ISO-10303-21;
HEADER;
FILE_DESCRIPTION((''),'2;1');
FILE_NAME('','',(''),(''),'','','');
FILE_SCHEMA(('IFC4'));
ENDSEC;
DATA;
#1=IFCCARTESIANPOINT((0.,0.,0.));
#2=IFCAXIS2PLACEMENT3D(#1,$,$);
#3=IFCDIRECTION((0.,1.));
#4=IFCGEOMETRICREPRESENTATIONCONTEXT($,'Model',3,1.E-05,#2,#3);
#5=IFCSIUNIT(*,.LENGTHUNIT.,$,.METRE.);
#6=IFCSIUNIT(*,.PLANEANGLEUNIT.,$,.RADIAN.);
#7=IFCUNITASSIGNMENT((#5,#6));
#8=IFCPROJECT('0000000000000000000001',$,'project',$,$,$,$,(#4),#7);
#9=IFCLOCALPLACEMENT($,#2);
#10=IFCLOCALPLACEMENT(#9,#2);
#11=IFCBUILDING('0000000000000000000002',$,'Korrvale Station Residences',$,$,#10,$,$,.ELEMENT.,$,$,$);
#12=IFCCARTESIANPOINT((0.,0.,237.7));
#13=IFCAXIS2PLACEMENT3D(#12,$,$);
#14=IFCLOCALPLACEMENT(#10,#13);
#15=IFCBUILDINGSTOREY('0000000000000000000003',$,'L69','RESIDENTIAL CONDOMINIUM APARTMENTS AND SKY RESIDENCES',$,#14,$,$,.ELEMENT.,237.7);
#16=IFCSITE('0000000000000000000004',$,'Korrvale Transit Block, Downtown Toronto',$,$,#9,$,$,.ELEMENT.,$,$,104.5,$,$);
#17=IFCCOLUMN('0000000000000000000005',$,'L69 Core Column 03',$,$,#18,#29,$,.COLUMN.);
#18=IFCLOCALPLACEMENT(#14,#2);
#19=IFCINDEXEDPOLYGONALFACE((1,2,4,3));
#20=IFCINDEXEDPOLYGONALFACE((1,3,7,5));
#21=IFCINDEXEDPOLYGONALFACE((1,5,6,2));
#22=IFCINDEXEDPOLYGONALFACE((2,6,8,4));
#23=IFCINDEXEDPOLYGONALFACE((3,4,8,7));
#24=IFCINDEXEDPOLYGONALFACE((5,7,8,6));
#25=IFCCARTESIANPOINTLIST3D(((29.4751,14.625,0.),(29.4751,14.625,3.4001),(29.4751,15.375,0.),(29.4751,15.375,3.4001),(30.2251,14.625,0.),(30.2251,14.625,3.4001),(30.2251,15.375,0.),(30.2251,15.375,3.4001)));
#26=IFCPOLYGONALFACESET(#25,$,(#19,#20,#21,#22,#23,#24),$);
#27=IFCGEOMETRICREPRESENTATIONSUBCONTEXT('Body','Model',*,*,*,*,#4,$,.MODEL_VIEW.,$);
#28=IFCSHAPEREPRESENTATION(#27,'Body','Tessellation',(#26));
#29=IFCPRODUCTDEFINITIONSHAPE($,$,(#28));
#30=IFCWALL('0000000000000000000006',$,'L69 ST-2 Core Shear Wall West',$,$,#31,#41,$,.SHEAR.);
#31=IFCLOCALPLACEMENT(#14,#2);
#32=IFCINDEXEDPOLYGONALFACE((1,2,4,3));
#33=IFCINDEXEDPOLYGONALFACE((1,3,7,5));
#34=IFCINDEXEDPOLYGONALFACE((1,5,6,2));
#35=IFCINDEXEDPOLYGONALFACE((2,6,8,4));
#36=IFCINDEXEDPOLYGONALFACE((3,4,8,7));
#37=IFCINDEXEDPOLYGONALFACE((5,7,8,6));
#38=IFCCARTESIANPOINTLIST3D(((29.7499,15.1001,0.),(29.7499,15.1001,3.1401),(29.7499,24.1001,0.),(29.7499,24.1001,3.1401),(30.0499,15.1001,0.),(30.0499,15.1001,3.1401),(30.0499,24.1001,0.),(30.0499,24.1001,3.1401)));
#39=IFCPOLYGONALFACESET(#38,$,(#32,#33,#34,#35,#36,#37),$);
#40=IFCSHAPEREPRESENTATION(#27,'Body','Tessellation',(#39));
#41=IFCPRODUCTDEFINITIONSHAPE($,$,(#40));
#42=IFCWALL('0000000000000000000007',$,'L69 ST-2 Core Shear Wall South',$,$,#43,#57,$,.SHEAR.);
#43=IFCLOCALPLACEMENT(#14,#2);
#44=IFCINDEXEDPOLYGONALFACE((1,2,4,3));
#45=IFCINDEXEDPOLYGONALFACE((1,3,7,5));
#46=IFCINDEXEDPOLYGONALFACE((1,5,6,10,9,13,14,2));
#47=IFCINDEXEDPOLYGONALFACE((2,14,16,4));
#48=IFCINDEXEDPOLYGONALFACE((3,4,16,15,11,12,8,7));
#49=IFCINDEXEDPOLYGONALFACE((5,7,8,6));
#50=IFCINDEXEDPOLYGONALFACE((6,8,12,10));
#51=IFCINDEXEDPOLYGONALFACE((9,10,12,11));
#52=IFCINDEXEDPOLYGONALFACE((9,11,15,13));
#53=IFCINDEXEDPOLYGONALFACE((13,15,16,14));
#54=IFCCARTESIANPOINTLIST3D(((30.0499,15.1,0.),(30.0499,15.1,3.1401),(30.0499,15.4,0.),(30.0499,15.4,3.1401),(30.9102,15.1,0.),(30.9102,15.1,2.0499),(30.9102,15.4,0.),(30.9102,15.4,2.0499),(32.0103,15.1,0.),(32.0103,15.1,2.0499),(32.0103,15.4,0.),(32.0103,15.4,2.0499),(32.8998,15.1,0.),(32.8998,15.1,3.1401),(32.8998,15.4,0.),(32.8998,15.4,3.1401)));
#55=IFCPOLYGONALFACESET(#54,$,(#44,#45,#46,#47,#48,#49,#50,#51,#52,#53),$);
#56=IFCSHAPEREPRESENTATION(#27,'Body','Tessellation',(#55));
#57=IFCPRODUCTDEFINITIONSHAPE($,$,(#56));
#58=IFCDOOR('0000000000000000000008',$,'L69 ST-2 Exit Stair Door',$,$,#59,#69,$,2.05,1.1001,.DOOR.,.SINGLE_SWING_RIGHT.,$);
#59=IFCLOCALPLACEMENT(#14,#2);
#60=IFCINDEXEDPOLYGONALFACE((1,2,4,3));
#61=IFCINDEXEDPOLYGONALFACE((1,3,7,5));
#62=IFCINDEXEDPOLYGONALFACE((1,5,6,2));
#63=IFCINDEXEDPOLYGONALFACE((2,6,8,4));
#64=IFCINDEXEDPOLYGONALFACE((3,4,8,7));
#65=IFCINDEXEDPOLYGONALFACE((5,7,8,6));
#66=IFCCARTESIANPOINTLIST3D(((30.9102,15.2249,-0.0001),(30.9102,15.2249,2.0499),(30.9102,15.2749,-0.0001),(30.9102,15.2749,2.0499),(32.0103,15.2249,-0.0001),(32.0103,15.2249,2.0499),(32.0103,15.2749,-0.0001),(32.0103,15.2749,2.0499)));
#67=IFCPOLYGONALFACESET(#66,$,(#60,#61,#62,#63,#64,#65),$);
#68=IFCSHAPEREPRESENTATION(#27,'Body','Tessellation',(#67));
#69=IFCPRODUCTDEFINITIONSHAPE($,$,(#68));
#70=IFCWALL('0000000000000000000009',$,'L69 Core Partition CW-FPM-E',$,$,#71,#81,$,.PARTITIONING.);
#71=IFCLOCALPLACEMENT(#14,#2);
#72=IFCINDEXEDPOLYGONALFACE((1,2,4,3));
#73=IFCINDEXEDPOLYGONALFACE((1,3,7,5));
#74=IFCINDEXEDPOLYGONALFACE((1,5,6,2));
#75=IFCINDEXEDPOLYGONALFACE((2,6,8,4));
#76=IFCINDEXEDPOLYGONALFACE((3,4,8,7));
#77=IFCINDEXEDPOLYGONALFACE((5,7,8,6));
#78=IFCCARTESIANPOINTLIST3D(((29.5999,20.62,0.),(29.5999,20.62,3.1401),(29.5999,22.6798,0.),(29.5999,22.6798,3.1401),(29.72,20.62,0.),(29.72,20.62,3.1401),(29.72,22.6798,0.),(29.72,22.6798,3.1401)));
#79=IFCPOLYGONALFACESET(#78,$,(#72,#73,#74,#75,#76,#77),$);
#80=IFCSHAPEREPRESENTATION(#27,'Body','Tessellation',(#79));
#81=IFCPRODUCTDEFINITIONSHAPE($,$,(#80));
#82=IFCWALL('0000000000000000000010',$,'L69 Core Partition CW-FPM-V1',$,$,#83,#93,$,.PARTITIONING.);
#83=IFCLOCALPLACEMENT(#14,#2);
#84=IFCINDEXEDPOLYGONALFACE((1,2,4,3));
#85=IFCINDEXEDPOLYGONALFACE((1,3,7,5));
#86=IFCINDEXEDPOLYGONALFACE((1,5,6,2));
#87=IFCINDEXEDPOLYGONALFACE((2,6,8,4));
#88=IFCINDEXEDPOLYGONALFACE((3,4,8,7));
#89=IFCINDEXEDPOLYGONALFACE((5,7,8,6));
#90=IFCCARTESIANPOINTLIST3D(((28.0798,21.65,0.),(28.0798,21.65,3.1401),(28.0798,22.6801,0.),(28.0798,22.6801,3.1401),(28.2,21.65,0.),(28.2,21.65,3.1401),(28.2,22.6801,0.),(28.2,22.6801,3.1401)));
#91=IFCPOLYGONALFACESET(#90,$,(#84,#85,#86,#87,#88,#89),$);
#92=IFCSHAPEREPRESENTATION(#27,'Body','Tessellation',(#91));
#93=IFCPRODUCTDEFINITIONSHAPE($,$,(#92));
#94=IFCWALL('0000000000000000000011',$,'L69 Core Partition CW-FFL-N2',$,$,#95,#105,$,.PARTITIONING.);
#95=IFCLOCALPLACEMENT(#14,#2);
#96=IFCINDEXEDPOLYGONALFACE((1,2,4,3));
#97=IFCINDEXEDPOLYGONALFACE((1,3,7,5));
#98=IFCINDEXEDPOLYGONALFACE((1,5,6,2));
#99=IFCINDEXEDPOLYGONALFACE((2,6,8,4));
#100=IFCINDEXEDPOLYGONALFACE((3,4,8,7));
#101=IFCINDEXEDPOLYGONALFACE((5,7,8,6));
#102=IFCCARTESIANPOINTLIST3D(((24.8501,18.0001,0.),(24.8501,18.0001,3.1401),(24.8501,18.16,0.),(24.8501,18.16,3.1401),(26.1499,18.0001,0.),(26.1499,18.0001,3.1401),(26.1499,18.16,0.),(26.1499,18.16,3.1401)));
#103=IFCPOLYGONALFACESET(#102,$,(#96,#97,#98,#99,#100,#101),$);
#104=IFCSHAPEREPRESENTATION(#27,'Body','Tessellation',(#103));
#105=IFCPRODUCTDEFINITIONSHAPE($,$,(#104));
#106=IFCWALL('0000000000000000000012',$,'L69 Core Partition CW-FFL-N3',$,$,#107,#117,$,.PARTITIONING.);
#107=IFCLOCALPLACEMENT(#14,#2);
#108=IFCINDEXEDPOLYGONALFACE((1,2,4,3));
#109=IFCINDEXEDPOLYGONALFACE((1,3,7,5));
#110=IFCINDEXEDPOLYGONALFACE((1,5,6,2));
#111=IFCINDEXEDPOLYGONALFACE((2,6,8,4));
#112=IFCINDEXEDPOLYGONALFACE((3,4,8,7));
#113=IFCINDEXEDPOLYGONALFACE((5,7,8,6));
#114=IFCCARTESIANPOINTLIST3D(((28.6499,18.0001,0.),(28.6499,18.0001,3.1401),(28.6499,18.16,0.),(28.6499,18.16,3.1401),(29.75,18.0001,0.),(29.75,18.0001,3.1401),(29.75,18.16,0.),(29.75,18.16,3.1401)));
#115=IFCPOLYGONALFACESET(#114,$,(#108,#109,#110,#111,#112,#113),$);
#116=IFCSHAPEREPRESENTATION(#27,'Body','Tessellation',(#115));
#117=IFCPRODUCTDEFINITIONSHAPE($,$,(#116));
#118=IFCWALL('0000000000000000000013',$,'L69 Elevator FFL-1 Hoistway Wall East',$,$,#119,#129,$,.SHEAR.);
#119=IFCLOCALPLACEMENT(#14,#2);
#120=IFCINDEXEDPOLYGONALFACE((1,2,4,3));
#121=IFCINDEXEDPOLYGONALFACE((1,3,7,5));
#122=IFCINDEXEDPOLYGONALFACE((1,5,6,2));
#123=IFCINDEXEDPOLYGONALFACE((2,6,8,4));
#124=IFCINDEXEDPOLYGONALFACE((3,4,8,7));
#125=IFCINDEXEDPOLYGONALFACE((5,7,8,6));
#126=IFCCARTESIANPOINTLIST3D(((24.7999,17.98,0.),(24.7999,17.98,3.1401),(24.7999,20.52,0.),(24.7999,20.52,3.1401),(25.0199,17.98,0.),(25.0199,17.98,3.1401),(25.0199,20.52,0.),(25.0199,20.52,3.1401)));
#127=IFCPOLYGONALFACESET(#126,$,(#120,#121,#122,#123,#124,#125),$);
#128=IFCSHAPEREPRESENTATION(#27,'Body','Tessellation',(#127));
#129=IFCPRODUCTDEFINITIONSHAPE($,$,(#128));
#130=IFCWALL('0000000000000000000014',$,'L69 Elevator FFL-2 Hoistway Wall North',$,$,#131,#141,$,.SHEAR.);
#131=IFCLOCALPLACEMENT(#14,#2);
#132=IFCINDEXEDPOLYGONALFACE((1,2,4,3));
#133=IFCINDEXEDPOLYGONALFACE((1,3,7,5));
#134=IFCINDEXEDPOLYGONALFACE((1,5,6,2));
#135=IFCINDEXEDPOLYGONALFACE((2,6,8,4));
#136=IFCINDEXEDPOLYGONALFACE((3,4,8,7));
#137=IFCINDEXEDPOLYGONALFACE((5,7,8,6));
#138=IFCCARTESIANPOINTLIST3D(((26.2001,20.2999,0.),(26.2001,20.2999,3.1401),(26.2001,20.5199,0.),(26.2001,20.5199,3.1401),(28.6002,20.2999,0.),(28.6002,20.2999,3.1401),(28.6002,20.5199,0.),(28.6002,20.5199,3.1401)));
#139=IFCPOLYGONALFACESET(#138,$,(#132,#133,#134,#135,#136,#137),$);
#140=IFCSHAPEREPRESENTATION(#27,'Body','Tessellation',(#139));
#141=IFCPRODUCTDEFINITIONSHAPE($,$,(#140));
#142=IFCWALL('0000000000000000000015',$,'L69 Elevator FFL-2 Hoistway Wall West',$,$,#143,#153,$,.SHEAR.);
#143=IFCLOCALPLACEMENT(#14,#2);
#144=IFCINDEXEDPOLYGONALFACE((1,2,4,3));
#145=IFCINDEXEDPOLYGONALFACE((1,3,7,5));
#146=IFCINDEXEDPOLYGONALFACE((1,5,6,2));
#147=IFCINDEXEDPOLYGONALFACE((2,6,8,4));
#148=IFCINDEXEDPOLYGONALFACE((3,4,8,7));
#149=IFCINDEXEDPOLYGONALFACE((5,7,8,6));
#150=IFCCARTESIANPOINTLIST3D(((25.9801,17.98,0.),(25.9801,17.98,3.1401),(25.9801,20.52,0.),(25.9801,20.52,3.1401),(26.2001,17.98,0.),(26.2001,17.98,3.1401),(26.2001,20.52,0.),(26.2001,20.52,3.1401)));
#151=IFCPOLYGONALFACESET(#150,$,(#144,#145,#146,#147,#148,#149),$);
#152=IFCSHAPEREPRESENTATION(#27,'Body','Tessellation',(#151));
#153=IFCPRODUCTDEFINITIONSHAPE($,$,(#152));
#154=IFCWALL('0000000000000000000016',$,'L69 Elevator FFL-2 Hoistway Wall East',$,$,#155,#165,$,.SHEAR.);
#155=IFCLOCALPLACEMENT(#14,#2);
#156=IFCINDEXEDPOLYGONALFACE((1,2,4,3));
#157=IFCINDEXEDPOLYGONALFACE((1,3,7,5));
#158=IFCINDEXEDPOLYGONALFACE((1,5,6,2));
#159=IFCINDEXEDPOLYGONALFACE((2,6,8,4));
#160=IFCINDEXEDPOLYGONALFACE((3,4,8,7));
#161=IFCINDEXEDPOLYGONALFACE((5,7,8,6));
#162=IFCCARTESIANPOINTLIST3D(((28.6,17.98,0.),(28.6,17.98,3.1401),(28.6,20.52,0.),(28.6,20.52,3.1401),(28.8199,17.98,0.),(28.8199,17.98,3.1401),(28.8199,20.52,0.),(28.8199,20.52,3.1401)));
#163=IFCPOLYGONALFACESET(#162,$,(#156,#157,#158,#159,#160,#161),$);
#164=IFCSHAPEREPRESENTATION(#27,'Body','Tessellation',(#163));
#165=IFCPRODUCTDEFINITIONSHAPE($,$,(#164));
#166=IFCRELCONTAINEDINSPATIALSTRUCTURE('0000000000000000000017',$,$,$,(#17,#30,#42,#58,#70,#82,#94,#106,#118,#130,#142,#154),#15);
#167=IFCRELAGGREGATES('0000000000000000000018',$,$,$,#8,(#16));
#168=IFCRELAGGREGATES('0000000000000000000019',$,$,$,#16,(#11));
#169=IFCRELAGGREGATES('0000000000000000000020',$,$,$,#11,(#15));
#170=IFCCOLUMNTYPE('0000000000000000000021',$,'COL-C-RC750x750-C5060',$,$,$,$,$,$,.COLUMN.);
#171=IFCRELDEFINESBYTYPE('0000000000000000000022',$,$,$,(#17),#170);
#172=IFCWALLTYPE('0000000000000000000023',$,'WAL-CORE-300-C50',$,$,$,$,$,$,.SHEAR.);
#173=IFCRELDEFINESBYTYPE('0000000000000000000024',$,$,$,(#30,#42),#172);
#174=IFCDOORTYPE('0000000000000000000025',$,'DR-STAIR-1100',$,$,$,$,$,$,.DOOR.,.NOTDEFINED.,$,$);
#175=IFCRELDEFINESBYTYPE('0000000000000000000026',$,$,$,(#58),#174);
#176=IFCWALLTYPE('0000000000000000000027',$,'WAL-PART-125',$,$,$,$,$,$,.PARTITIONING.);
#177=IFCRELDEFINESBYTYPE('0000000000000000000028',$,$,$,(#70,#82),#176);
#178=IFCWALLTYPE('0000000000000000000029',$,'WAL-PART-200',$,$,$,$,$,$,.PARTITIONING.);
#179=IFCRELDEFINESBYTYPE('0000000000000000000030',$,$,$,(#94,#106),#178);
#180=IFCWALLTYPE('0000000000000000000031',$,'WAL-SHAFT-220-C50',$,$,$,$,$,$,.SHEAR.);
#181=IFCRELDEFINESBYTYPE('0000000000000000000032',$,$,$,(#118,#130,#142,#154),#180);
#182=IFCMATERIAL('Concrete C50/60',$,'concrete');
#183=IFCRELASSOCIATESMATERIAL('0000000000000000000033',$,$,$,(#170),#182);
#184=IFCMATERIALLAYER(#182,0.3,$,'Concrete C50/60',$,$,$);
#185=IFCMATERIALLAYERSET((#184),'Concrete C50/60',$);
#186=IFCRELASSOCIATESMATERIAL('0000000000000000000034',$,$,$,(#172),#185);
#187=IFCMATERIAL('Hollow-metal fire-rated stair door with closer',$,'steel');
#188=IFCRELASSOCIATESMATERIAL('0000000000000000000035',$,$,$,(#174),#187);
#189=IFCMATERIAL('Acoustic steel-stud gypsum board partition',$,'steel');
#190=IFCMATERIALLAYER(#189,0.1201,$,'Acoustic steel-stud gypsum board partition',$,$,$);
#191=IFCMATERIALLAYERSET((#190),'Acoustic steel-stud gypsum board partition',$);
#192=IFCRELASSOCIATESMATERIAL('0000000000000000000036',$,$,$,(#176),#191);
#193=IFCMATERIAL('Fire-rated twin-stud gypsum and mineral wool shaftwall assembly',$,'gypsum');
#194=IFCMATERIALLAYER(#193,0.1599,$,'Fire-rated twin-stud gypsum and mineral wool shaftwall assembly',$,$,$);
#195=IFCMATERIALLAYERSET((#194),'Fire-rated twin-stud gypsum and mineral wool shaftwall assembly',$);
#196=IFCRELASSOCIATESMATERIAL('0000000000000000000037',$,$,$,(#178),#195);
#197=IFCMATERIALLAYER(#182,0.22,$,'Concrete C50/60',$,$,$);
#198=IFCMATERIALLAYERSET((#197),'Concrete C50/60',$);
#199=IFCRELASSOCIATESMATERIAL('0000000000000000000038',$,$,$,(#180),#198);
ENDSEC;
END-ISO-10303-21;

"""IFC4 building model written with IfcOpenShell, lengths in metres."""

from ifc_helpers import new_model, si_unit, direction, frame, frame_2d, origin, origin_2d, place, context, subcontext, project, spatial, rectangle, extrude, material, layer, layer_set, material_profile, profile_set, type_object, element, fill, save


model = new_model("IFC4")

# Units and contexts
model_context = context("Model", 3, precision=1e-05, world=origin(), true_north=direction((0.0, 1.0)))
body_context = subcontext(model_context, "Body", "Model", "MODEL_VIEW")
ifc_project = project(units=[si_unit("LENGTHUNIT", "METRE"), si_unit("PLANEANGLEUNIT", "RADIAN")], contexts=[model_context])

# Site, building, storey
site_placement = place(None, origin())
site = spatial("IfcSite", under=ifc_project, at=site_placement, Name="Korrvale Transit Block, Downtown Toronto", CompositionType="ELEMENT", RefElevation=104.5)
building_placement = place(site_placement, origin())
building = spatial("IfcBuilding", under=site, at=building_placement, Name="Korrvale Station Residences", CompositionType="ELEMENT")
storey_placement = place(building_placement, frame((0.0, 0.0, 237.7)))
storey = spatial("IfcBuildingStorey", under=building, at=storey_placement, Name="L69", Description="RESIDENTIAL CONDOMINIUM APARTMENTS AND SKY RESIDENCES", CompositionType="ELEMENT", Elevation=237.7)

# Column
ifc_material_1 = material(Name="Concrete C50/60", Category="concrete")
ifc_material_profile = material_profile(ifc_material_1, rectangle(XDim=0.75, YDim=0.75, at=origin_2d()), Name="RC750x750")
ifc_profile_set = profile_set([ifc_material_profile], Name="Concrete C50/60")
column_type = type_object("IfcColumnType", Name="COL-C-RC750x750-C5060", PredefinedType="COLUMN", material=ifc_profile_set)
column_placement = place(storey_placement, frame((29.8501, 15.0, 0.0), z_axis=(0.0, 0.0, 1.0), x_axis=(1.0, 0.0, 0.0)))
element("IfcColumn", 1, at=column_placement, inside=storey, type_object=column_type, Name="L69 Core Column 03", PredefinedType="COLUMN", context=body_context, shape_type="SweptSolid", body=[
    extrude(rectangle(XDim=0.75, YDim=0.75, at=origin_2d()), origin(), (0.0, 0.0, 1.0), 3.4001),
])

# Wall
ifc_layer_1 = layer(ifc_material_1, 0.3, Name="Concrete C50/60")
ifc_layer_set_1 = layer_set([ifc_layer_1], Name="Concrete C50/60")
wall_type_1 = type_object("IfcWallType", Name="WAL-CORE-300-C50", PredefinedType="SHEAR", material=ifc_layer_set_1)
wall_1_placement = place(storey_placement, frame((29.8999, 15.1001, 0.0), z_axis=(0.0, 0.0, 1.0), x_axis=(0.0, 1.0, 0.0)))
element("IfcWall", 2, at=wall_1_placement, inside=storey, type_object=wall_type_1, Name="L69 ST-2 Core Shear Wall West", PredefinedType="SHEAR", context=body_context, shape_type="SweptSolid", body=[
    extrude(rectangle(XDim=9.0, YDim=0.3, at=frame_2d((4.5, 0.0))), origin(), (0.0, 0.0, 1.0), 3.1401),
])

# Wall, opening, door
wall_2_placement = place(storey_placement, frame((30.05, 15.25, 0.0), z_axis=(0.0, 0.0, 1.0), x_axis=(1.0, 0.0, 0.0)))
wall_2 = element("IfcWall", 3, at=wall_2_placement, inside=storey, type_object=wall_type_1, Name="L69 ST-2 Core Shear Wall South", PredefinedType="SHEAR", context=body_context, shape_type="SweptSolid", body=[
    extrude(rectangle(XDim=2.8499, YDim=0.3, at=frame_2d((1.4248, 0.0))), origin(), (0.0, 0.0, 1.0), 3.1401),
])
opening_1_placement = place(wall_2_placement, frame((0.8601, 0.0, 0.0)))
opening_1 = element("IfcOpeningElement", 4, at=opening_1_placement, cuts=wall_2, PredefinedType="OPENING", context=body_context, shape_type="SweptSolid", body=[
    extrude(rectangle(XDim=1.1001, YDim=2.05, at=frame_2d((0.55, 1.0249))), frame((0.0, 0.1602, 0.0), z_axis=(0.0, -1.0, 0.0), x_axis=(1.0, 0.0, 0.0)), (0.0, 0.0, 1.0), 0.3201),
])
ifc_material_2 = material(Name="Hollow-metal fire-rated stair door with closer", Category="steel")
door_type_1 = type_object("IfcDoorType", Name="DR-STAIR-1100", OperationType="NOTDEFINED", PredefinedType="DOOR", material=ifc_material_2)
door_1_placement = place(opening_1_placement, origin())
door_1 = element("IfcDoor", 5, at=door_1_placement, inside=storey, type_object=door_type_1, Name="L69 ST-2 Exit Stair Door", OperationType="SINGLE_SWING_RIGHT", OverallHeight=2.05, OverallWidth=1.1001, PredefinedType="DOOR", context=body_context, shape_type="SweptSolid", body=[
    extrude(rectangle(XDim=1.1001, YDim=2.05, at=frame_2d((0.55, 1.0249))), frame((0.0, 0.0249, 0.0), z_axis=(0.0, -1.0, 0.0), x_axis=(1.0, 0.0, 0.0)), (0.0, 0.0, 1.0), 0.05),
])
fill(opening_1, door_1)

# Walls
ifc_material_3 = material(Name="Acoustic steel-stud gypsum board partition", Category="steel")
ifc_layer_2 = layer(ifc_material_3, 0.1201, Name="Acoustic steel-stud gypsum board partition")
ifc_layer_set_2 = layer_set([ifc_layer_2], Name="Acoustic steel-stud gypsum board partition")
wall_type_2 = type_object("IfcWallType", Name="WAL-PART-125", PredefinedType="PARTITIONING", material=ifc_layer_set_2)
wall_3_placement = place(storey_placement, frame((29.6599, 20.6201, 0.0), z_axis=(0.0, 0.0, 1.0), x_axis=(0.0, 1.0, 0.0)))
element("IfcWall", 6, at=wall_3_placement, inside=storey, type_object=wall_type_2, Name="L69 Core Partition CW-FPM-E", PredefinedType="PARTITIONING", context=body_context, shape_type="SweptSolid", body=[
    extrude(rectangle(XDim=2.0598, YDim=0.1201, at=frame_2d((1.0298, 0.0))), origin(), (0.0, 0.0, 1.0), 3.1401),
])
wall_4_placement = place(storey_placement, frame((28.1399, 21.6499, 0.0), z_axis=(0.0, 0.0, 1.0), x_axis=(0.0, 1.0, 0.0)))
element("IfcWall", 7, at=wall_4_placement, inside=storey, type_object=wall_type_2, Name="L69 Core Partition CW-FPM-V1", PredefinedType="PARTITIONING", context=body_context, shape_type="SweptSolid", body=[
    extrude(rectangle(XDim=1.03, YDim=0.1201, at=frame_2d((0.5151, 0.0))), origin(), (0.0, 0.0, 1.0), 3.1401),
])
ifc_material_4 = material(Name="Fire-rated twin-stud gypsum and mineral wool shaftwall assembly", Category="gypsum")
ifc_layer_3 = layer(ifc_material_4, 0.1599, Name="Fire-rated twin-stud gypsum and mineral wool shaftwall assembly")
ifc_layer_set_3 = layer_set([ifc_layer_3], Name="Fire-rated twin-stud gypsum and mineral wool shaftwall assembly")
wall_type_3 = type_object("IfcWallType", Name="WAL-PART-200", PredefinedType="PARTITIONING", material=ifc_layer_set_3)
wall_5_placement = place(storey_placement, frame((24.8501, 18.0801, 0.0), z_axis=(0.0, 0.0, 1.0), x_axis=(1.0, 0.0, 0.0)))
element("IfcWall", 8, at=wall_5_placement, inside=storey, type_object=wall_type_3, Name="L69 Core Partition CW-FFL-N2", PredefinedType="PARTITIONING", context=body_context, shape_type="SweptSolid", body=[
    extrude(rectangle(XDim=1.2998, YDim=0.1599, at=frame_2d((0.6499, 0.0))), origin(), (0.0, 0.0, 1.0), 3.1401),
])
wall_6_placement = place(storey_placement, frame((28.6499, 18.0801, 0.0), z_axis=(0.0, 0.0, 1.0), x_axis=(1.0, 0.0, 0.0)))
element("IfcWall", 9, at=wall_6_placement, inside=storey, type_object=wall_type_3, Name="L69 Core Partition CW-FFL-N3", PredefinedType="PARTITIONING", context=body_context, shape_type="SweptSolid", body=[
    extrude(rectangle(XDim=1.1001, YDim=0.1599, at=frame_2d((0.55, 0.0))), origin(), (0.0, 0.0, 1.0), 3.1401),
])
ifc_layer_4 = layer(ifc_material_1, 0.22, Name="Concrete C50/60")
ifc_layer_set_4 = layer_set([ifc_layer_4], Name="Concrete C50/60")
wall_type_4 = type_object("IfcWallType", Name="WAL-SHAFT-220-C50", PredefinedType="SHEAR", material=ifc_layer_set_4)
wall_7_placement = place(storey_placement, frame((24.9099, 17.98, 0.0), z_axis=(0.0, 0.0, 1.0), x_axis=(0.0, 1.0, 0.0)))
element("IfcWall", 10, at=wall_7_placement, inside=storey, type_object=wall_type_4, Name="L69 Elevator FFL-1 Hoistway Wall East", PredefinedType="SHEAR", context=body_context, shape_type="SweptSolid", body=[
    extrude(rectangle(XDim=2.54, YDim=0.22, at=frame_2d((1.27, 0.0))), origin(), (0.0, 0.0, 1.0), 3.1401),
])

# Walls
wall_8_placement = place(storey_placement, frame((26.2, 20.4099, 0.0), z_axis=(0.0, 0.0, 1.0), x_axis=(1.0, 0.0, 0.0)))
element("IfcWall", 11, at=wall_8_placement, inside=storey, type_object=wall_type_4, Name="L69 Elevator FFL-2 Hoistway Wall North", PredefinedType="SHEAR", context=body_context, shape_type="SweptSolid", body=[
    extrude(rectangle(XDim=2.4001, YDim=0.22, at=frame_2d((1.2002, 0.0))), origin(), (0.0, 0.0, 1.0), 3.1401),
])
for number, where, z_axis, x_axis, name in (
    (12, (26.0901, 17.98, 0.0), (0.0, 0.0, 1.0), (0.0, 1.0, 0.0), "L69 Elevator FFL-2 Hoistway Wall West"),
    (13, (28.71, 17.98, 0.0), (0.0, 0.0, 1.0), (0.0, 1.0, 0.0), "L69 Elevator FFL-2 Hoistway Wall East"),
):
    element("IfcWall", number, at=place(storey_placement, frame(where, z_axis=z_axis, x_axis=x_axis)), inside=storey, type_object=wall_type_4, Name=name, PredefinedType="SHEAR", context=body_context, shape_type="SweptSolid", body=[
        extrude(rectangle(XDim=2.54, YDim=0.22, at=frame_2d((1.27, 0.0))), origin(), (0.0, 0.0, 1.0), 3.1401),
    ])

save(model, "model.ifc")
